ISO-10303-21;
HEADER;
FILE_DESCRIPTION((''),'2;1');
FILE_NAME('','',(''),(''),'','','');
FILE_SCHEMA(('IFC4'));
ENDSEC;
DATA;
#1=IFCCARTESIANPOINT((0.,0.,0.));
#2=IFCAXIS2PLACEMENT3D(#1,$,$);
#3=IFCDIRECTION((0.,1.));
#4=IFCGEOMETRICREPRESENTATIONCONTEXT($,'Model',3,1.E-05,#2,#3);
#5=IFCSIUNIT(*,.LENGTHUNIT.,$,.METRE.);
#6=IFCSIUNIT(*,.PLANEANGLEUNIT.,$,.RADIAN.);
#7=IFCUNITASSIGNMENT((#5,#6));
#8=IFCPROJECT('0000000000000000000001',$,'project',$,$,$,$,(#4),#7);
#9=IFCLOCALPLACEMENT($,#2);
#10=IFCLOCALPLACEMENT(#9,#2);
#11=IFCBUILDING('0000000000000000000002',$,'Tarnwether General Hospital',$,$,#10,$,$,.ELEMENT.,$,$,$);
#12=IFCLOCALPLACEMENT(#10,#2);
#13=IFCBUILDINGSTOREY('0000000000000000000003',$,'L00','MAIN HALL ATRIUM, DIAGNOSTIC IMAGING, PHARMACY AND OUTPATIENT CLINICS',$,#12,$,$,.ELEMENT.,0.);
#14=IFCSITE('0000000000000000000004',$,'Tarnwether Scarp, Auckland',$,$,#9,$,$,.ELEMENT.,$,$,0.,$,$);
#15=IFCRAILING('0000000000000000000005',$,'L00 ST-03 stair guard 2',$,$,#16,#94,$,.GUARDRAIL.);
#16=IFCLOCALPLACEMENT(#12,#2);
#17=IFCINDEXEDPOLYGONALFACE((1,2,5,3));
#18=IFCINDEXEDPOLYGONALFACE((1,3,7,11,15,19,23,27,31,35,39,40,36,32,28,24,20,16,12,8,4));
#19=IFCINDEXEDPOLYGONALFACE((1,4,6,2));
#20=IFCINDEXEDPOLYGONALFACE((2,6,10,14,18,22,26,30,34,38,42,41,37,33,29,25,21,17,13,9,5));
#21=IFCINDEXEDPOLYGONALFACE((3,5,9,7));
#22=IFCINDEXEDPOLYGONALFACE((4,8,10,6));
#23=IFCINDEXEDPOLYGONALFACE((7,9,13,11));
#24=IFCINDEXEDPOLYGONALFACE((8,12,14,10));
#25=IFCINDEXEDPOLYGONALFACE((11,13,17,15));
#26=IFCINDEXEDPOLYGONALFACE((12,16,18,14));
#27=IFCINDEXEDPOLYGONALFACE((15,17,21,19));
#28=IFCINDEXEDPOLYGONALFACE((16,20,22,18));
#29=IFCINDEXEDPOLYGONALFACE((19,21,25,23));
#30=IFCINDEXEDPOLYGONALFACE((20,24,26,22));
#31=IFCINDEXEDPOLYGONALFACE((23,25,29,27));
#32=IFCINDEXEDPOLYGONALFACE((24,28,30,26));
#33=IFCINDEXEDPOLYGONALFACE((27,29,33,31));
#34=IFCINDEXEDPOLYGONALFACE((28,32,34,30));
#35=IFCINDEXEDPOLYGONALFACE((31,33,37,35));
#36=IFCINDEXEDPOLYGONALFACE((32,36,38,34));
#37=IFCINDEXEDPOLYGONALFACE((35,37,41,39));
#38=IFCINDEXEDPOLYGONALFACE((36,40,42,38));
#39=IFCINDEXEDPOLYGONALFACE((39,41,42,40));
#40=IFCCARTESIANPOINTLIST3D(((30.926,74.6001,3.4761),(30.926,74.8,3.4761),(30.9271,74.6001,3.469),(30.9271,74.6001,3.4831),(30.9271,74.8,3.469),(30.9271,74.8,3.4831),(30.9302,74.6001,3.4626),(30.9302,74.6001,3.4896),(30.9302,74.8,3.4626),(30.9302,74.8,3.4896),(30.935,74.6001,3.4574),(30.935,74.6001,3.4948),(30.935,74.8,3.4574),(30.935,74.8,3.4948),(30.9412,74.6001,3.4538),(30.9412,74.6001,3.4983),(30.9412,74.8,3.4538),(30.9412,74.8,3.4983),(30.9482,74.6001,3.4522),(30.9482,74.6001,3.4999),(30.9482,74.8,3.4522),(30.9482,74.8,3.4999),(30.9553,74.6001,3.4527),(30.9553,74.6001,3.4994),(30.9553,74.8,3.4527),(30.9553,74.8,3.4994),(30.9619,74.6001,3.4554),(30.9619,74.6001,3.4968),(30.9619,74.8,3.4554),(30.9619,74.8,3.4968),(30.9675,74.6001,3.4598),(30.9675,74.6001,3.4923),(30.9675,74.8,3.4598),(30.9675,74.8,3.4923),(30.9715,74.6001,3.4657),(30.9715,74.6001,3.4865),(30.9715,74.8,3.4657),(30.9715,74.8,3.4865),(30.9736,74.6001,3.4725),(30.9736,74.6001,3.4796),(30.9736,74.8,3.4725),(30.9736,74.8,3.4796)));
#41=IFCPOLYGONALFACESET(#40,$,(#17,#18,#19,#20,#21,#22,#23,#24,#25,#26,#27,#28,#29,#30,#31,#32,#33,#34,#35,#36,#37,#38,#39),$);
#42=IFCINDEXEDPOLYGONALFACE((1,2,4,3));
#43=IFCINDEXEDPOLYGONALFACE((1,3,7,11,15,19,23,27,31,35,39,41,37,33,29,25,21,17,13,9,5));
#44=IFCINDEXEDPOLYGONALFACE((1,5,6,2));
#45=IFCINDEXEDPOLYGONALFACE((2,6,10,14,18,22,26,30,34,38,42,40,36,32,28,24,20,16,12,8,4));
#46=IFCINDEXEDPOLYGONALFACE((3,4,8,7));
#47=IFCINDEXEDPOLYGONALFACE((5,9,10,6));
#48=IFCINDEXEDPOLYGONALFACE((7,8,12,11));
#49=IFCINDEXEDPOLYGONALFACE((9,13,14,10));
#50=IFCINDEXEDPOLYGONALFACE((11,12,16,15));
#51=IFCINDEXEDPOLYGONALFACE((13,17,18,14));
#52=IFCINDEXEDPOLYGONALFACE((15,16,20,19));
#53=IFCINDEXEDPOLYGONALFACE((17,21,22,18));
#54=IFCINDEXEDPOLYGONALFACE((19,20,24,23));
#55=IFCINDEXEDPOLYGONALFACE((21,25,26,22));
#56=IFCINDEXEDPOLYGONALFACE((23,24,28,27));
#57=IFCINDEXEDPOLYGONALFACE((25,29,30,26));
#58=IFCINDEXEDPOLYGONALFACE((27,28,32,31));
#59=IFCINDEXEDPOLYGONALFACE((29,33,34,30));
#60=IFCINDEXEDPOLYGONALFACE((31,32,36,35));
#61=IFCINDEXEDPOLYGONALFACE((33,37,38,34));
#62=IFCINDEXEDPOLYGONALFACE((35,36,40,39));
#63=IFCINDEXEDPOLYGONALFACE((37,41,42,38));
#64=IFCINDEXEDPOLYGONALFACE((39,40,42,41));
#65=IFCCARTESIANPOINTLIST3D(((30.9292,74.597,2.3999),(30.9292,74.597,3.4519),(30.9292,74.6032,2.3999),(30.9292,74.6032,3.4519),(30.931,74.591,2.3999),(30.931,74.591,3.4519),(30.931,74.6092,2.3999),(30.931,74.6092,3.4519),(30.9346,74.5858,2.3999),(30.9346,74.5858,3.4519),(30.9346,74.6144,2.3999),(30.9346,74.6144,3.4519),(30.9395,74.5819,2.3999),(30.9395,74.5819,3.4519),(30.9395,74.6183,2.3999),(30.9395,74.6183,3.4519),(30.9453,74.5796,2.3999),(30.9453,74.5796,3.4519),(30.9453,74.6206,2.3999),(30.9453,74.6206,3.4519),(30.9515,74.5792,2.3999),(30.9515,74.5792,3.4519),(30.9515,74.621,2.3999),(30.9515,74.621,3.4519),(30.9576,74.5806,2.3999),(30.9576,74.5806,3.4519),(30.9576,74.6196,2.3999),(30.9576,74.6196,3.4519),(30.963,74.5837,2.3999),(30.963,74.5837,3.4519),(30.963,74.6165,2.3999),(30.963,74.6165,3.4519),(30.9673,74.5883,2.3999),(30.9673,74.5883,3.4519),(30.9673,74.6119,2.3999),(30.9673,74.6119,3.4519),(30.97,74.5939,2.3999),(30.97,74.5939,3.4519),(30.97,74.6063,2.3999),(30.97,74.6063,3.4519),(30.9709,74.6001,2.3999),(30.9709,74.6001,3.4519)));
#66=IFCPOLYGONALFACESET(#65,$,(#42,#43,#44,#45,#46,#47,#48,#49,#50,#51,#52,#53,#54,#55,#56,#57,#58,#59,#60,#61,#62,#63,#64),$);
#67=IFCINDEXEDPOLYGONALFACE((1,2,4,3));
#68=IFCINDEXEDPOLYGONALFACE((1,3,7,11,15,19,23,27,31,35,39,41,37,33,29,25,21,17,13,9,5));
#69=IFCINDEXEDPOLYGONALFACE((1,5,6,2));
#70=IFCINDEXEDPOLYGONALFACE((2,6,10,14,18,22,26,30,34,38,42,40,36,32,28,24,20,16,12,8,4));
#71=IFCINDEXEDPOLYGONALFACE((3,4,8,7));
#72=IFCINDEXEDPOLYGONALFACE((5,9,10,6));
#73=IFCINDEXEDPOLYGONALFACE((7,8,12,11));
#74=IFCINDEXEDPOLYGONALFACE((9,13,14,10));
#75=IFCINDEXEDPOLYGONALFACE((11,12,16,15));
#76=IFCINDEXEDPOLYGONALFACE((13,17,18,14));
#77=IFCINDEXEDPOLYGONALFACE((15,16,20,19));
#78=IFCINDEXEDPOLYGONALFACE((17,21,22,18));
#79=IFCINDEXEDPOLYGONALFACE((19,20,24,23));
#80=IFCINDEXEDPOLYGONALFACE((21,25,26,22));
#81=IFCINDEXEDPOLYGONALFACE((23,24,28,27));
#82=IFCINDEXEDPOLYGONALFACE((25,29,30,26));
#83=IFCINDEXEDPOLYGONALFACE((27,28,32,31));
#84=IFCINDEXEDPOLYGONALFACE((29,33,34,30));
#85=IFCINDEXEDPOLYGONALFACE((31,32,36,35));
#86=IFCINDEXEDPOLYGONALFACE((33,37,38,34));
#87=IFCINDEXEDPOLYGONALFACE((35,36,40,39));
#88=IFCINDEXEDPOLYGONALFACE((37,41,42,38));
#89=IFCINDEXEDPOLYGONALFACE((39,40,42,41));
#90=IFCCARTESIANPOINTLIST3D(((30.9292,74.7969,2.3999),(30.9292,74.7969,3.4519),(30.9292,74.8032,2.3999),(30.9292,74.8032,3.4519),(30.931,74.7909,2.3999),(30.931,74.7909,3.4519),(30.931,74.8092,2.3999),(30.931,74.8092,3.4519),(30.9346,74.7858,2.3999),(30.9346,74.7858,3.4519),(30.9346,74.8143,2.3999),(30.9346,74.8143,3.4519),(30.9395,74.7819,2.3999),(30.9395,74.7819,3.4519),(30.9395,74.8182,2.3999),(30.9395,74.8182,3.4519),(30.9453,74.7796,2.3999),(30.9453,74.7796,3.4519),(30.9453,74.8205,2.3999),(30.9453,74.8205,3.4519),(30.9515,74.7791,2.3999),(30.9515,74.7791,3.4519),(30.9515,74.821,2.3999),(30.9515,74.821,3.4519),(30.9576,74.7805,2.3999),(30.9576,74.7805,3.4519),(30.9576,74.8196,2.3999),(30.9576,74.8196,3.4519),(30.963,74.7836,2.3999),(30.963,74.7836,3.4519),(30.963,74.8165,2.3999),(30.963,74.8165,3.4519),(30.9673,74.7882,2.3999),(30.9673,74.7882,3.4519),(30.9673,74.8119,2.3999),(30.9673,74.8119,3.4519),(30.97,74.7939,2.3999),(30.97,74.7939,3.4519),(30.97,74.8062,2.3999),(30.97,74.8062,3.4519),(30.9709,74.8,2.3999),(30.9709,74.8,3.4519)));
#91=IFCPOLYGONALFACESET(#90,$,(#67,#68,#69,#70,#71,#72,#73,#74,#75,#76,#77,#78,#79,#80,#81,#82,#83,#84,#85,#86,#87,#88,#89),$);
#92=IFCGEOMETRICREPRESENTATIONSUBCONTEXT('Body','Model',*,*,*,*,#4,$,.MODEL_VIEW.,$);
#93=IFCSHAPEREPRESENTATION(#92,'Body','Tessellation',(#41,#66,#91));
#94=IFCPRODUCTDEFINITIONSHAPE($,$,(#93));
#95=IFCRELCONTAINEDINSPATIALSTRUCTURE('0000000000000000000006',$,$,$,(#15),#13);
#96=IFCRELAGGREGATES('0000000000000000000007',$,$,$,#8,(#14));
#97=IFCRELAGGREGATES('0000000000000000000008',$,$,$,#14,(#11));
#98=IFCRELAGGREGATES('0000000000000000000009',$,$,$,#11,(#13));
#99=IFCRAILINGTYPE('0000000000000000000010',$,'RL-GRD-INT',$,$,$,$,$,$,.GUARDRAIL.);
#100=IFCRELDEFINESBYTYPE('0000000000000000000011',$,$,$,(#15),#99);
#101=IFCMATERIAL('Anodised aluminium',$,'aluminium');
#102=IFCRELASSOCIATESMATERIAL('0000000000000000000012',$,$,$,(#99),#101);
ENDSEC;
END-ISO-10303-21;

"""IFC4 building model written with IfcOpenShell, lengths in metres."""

from ifc_helpers import new_model, si_unit, direction, frame, origin, origin_2d, place, context, subcontext, project, spatial, circle, extrude, material, type_object, element, save


model = new_model("IFC4")

# Units and contexts
model_context = context("Model", 3, precision=1e-05, world=origin(), true_north=direction((0.0, 1.0)))
body_context = subcontext(model_context, "Body", "Model", "MODEL_VIEW")
ifc_project = project(units=[si_unit("LENGTHUNIT", "METRE"), si_unit("PLANEANGLEUNIT", "RADIAN")], contexts=[model_context])

# Site, building, storey
site_placement = place(None, origin())
site = spatial("IfcSite", under=ifc_project, at=site_placement, Name="Tarnwether Scarp, Auckland", CompositionType="ELEMENT", RefElevation=0.0)
building_placement = place(site_placement, origin())
building = spatial("IfcBuilding", under=site, at=building_placement, Name="Tarnwether General Hospital", CompositionType="ELEMENT")
storey_placement = place(building_placement, origin())
storey = spatial("IfcBuildingStorey", under=building, at=storey_placement, Name="L00", Description="MAIN HALL ATRIUM, DIAGNOSTIC IMAGING, PHARMACY AND OUTPATIENT CLINICS", CompositionType="ELEMENT", Elevation=0.0)

# Railing
ifc_material_1 = material(Name="Anodised aluminium", Category="aluminium")
railing_type_1 = type_object("IfcRailingType", Name="RL-GRD-INT", PredefinedType="GUARDRAIL", material=ifc_material_1)
railing_1_placement = place(storey_placement, frame((30.95, 74.6001, 2.3999)))
element("IfcRailing", 1, at=railing_1_placement, inside=storey, type_object=railing_type_1, Name="L00 ST-03 stair guard 2", PredefinedType="GUARDRAIL", context=body_context, shape_type="SweptSolid", body=[
    extrude(circle(Radius=0.0239, at=origin_2d()), frame((0.0, 0.0, 1.0762), z_axis=(0.0, 1.0, 0.0), x_axis=(-1.0, 0.0, 0.0)), (0.0, 0.0, 1.0), 0.2),
    extrude(circle(Radius=0.021, at=origin_2d()), origin(), (0.0, 0.0, 1.0), 1.052),
    extrude(circle(Radius=0.021, at=origin_2d()), frame((0.0, 0.2, 0.0)), (0.0, 0.0, 1.0), 1.052),
])

save(model, "model.ifc")
